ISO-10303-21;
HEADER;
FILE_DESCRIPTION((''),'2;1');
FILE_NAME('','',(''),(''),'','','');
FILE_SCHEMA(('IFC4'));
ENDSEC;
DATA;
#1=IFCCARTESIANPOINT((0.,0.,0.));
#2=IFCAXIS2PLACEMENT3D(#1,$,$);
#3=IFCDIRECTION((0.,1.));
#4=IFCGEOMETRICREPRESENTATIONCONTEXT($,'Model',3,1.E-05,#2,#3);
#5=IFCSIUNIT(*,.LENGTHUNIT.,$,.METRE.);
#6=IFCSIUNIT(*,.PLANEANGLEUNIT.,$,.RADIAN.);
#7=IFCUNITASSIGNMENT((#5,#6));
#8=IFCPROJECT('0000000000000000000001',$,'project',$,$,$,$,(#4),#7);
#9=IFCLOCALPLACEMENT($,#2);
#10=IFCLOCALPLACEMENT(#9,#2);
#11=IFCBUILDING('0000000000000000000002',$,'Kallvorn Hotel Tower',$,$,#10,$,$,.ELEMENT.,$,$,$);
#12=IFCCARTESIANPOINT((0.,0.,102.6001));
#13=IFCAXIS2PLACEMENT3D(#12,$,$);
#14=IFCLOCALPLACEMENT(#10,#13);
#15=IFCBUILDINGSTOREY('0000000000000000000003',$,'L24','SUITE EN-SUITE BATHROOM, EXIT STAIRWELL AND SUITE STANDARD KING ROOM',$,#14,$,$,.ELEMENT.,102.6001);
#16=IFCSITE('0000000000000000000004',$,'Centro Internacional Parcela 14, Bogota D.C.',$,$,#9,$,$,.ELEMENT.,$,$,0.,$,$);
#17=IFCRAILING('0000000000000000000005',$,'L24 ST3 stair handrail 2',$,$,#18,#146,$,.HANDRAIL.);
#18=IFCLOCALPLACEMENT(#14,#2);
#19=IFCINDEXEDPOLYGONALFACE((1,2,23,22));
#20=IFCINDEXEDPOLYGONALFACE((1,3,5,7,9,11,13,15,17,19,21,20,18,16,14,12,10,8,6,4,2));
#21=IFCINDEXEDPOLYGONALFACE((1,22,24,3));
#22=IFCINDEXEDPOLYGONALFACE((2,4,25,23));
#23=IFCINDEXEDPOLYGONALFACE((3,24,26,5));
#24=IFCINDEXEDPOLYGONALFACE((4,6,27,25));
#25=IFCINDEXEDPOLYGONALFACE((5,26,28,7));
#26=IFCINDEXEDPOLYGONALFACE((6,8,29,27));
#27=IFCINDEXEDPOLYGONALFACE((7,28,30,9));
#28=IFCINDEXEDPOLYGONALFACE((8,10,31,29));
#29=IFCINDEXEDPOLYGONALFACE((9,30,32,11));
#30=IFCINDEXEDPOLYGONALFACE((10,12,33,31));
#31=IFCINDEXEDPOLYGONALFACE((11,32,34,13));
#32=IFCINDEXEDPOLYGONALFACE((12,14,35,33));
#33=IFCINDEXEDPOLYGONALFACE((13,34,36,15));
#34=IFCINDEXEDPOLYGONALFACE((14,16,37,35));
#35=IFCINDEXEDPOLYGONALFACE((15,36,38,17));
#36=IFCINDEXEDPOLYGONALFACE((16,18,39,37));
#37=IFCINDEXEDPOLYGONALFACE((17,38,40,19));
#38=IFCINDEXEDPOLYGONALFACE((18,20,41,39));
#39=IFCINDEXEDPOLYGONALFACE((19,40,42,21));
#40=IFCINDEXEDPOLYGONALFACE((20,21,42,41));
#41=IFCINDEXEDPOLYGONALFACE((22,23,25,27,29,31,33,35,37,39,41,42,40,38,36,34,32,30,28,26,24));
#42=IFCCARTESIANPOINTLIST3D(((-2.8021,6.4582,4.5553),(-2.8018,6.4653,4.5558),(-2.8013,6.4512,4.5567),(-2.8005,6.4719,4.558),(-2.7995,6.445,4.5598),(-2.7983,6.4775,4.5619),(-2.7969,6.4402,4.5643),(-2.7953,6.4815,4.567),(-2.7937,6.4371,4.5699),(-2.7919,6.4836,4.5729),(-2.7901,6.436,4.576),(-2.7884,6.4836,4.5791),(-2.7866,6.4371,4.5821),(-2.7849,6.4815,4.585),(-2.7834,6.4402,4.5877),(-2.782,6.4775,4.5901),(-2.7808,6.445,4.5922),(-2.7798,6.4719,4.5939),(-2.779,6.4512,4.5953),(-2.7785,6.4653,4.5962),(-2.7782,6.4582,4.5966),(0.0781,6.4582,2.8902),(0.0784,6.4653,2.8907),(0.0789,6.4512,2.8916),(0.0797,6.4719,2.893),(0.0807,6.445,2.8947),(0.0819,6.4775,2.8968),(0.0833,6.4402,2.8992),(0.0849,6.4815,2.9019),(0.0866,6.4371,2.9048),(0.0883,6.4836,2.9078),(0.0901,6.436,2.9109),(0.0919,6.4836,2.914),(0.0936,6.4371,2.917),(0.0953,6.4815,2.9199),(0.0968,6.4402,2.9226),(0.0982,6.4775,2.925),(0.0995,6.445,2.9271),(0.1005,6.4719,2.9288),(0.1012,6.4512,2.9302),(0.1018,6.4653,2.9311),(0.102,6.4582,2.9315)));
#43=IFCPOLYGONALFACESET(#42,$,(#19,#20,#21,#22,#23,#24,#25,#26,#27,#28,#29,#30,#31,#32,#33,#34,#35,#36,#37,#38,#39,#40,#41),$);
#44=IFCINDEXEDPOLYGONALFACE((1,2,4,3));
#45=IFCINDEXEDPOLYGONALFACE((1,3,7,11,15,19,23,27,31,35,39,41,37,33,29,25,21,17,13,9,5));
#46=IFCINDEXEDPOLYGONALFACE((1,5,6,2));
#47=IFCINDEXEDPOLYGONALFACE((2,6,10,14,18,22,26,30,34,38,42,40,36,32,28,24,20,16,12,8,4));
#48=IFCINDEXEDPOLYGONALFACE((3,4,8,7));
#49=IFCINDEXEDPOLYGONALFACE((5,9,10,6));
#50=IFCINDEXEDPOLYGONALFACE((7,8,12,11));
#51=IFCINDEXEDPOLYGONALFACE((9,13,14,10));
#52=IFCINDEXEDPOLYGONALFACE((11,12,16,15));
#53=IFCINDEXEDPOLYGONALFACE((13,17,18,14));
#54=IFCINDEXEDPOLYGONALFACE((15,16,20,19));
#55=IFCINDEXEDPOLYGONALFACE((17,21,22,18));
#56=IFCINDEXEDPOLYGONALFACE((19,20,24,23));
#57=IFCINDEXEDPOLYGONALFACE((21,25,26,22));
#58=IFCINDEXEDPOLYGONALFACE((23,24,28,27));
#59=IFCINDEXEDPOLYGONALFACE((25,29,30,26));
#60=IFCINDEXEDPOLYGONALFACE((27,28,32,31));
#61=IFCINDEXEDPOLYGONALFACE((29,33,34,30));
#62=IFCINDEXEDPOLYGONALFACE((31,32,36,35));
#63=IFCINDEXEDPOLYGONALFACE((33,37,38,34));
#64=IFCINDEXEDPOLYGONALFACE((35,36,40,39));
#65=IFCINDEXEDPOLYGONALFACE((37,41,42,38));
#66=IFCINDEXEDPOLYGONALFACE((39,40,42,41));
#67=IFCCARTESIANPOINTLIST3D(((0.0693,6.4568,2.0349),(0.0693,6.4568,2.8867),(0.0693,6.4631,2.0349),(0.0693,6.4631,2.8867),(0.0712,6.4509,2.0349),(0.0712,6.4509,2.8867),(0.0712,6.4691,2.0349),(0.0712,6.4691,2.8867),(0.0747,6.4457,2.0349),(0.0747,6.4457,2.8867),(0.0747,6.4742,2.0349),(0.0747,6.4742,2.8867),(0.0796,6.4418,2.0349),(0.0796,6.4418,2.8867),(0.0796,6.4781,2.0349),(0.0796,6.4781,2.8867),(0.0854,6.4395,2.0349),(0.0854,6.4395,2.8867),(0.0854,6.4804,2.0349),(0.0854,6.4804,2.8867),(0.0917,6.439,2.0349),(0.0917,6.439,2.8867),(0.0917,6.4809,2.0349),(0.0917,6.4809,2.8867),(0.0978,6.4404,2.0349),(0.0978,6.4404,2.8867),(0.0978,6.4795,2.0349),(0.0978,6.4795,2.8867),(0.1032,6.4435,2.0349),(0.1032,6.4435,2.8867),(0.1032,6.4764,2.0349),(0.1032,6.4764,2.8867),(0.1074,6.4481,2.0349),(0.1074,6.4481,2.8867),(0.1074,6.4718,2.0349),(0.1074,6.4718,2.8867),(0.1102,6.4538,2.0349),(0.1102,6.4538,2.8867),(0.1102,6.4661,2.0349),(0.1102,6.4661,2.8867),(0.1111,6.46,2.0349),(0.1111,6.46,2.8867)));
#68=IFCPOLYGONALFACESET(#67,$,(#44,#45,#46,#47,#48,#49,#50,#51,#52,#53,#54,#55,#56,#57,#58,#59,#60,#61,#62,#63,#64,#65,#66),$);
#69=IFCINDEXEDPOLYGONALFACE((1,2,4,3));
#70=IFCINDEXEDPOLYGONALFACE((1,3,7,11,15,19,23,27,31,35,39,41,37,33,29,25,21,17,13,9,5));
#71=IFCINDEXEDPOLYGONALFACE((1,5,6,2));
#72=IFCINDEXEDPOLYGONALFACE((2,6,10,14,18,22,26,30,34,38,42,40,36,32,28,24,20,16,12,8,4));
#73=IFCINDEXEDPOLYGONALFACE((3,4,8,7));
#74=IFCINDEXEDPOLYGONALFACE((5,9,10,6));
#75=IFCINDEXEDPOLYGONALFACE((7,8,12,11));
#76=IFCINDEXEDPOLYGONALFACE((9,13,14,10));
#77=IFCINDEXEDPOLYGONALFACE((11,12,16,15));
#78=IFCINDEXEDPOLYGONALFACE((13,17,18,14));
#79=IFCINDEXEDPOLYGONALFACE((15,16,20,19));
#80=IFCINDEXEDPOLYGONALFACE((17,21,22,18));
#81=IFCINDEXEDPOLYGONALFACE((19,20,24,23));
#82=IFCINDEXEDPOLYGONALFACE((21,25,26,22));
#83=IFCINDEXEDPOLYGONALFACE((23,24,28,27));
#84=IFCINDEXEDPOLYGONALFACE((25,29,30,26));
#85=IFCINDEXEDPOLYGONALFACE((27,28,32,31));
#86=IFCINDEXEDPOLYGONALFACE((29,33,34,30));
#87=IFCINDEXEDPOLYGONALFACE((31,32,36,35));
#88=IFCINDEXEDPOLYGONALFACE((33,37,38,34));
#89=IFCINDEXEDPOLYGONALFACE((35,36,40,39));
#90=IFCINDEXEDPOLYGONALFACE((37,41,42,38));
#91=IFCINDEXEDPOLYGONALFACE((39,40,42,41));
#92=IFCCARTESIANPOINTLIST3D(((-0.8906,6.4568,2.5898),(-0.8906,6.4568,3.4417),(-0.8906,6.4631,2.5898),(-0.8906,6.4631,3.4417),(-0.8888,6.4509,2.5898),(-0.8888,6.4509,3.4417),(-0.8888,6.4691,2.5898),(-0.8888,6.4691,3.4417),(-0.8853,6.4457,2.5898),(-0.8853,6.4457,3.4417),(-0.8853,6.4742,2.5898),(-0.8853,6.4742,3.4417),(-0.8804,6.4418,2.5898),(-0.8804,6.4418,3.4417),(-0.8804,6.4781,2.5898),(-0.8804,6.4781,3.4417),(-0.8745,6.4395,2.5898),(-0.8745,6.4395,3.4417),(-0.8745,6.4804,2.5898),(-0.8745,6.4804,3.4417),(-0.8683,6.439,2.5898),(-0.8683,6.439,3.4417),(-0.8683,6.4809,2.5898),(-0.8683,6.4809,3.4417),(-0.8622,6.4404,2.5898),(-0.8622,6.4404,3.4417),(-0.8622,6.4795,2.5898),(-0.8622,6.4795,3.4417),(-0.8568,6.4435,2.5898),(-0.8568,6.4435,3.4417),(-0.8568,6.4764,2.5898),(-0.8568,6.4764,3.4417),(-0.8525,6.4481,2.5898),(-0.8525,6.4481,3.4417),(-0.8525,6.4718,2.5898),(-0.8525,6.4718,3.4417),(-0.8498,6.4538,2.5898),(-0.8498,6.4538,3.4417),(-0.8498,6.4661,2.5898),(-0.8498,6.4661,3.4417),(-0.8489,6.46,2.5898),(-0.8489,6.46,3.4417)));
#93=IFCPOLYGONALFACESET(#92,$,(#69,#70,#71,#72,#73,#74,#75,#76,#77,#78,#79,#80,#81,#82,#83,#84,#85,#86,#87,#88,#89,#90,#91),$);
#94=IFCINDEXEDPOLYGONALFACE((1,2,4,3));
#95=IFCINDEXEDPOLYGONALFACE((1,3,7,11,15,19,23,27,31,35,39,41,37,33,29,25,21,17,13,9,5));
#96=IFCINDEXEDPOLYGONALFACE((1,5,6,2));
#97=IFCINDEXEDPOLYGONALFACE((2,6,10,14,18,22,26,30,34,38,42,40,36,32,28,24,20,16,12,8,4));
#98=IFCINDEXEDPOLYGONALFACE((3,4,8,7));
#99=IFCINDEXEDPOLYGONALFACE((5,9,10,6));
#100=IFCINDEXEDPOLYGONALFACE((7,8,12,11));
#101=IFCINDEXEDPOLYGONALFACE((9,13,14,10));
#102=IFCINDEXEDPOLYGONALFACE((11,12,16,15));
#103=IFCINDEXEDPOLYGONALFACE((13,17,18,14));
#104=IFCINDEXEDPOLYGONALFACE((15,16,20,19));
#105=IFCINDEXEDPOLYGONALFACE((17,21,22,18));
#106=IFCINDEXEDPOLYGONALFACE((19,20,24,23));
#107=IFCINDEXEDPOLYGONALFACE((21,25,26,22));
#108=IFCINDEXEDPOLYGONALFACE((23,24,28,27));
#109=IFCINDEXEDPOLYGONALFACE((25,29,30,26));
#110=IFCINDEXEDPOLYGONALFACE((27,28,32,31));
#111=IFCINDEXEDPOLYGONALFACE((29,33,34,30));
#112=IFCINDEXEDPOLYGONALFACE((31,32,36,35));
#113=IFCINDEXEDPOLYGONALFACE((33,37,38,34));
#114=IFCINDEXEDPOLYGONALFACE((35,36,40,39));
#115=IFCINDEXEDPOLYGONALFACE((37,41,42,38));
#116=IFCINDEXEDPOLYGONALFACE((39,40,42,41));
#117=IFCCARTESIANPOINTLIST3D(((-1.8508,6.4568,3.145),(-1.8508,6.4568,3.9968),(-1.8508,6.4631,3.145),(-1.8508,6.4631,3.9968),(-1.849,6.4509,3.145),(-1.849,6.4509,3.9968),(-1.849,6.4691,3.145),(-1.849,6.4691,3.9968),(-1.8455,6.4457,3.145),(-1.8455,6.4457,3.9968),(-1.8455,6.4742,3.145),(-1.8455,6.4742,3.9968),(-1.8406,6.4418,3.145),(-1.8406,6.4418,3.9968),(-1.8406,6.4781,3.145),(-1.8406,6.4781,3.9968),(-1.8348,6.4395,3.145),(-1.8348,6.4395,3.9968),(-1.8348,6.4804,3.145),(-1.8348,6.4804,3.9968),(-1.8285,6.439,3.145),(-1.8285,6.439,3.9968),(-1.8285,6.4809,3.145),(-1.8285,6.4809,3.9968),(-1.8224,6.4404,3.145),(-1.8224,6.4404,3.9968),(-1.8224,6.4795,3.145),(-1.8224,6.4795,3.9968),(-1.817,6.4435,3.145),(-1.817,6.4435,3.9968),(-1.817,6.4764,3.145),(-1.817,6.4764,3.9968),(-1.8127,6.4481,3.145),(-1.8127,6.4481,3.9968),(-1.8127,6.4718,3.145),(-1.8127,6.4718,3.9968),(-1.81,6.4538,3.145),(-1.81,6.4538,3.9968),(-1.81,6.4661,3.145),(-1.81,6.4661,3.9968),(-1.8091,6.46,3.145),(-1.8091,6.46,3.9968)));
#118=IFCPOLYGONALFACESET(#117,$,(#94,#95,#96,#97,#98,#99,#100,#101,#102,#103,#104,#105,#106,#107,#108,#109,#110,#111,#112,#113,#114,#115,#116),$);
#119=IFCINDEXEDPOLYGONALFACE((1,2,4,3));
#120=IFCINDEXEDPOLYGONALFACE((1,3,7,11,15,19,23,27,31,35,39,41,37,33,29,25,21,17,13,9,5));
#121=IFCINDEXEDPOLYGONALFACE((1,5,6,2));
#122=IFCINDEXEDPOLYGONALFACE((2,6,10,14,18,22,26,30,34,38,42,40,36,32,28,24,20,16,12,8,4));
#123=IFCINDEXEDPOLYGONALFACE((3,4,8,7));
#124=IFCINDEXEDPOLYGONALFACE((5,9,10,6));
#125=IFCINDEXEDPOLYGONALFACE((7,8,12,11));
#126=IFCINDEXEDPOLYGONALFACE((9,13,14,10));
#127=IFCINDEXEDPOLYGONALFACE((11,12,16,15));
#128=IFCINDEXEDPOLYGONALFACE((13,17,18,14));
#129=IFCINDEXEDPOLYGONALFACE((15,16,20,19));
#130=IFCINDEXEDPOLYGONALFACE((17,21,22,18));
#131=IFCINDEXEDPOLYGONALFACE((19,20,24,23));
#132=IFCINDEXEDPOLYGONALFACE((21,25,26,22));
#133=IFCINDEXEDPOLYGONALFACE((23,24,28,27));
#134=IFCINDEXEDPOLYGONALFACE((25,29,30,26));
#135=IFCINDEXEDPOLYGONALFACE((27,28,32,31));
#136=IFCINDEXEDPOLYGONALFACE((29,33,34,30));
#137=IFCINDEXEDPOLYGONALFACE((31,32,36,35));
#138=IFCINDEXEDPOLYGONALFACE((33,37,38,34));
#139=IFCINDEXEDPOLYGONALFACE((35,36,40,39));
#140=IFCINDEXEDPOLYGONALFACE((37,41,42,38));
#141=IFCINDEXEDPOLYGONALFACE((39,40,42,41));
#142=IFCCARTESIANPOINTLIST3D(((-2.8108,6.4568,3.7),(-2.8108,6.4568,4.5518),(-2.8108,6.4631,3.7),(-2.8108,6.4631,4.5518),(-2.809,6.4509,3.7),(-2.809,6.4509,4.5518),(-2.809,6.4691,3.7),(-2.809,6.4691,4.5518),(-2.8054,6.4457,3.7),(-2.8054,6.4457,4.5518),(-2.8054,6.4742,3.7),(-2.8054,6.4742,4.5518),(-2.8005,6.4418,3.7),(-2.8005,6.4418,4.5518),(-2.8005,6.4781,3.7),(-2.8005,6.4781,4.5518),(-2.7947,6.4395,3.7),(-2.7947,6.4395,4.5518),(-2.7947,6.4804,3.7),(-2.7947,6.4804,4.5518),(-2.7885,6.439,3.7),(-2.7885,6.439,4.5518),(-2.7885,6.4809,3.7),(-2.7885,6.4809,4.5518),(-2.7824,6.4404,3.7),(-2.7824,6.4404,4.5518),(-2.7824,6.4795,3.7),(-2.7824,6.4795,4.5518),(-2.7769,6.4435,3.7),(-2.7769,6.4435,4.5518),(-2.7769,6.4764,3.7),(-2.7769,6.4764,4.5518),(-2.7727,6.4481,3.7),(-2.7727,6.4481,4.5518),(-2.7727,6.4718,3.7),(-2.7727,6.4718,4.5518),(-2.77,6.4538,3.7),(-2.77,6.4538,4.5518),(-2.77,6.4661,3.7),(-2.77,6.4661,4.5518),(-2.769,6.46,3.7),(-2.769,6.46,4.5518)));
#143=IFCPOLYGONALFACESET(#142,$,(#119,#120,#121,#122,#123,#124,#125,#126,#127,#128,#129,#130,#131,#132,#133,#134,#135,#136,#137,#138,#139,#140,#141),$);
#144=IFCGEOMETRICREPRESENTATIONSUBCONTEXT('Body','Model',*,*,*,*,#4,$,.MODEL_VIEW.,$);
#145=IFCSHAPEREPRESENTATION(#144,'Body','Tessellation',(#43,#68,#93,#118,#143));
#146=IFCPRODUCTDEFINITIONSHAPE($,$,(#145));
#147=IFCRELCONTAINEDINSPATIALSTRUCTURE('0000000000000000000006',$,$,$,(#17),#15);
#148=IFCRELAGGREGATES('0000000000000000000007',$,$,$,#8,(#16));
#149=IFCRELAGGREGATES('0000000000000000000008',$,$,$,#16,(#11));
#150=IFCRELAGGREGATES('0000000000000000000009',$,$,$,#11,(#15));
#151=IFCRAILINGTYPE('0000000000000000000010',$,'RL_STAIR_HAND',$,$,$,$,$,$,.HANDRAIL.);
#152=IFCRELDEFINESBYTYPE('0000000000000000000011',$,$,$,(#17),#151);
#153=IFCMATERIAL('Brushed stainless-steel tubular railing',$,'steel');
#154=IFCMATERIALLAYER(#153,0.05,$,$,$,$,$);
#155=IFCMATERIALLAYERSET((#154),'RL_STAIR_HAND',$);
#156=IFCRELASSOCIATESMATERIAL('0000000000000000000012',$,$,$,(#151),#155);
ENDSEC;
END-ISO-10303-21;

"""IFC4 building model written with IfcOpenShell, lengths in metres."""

from ifc_helpers import new_model, si_unit, direction, frame, origin, origin_2d, place, context, subcontext, project, spatial, circle, extrude, material, layer, layer_set, type_object, element, save


model = new_model("IFC4")

# Units and contexts
model_context = context("Model", 3, precision=1e-05, world=origin(), true_north=direction((0.0, 1.0)))
body_context = subcontext(model_context, "Body", "Model", "MODEL_VIEW")
ifc_project = project(units=[si_unit("LENGTHUNIT", "METRE"), si_unit("PLANEANGLEUNIT", "RADIAN")], contexts=[model_context])

# Site, building, storey
site_placement = place(None, origin())
site = spatial("IfcSite", under=ifc_project, at=site_placement, Name="Centro Internacional Parcela 14, Bogota D.C.", CompositionType="ELEMENT", RefElevation=0.0)
building_placement = place(site_placement, origin())
building = spatial("IfcBuilding", under=site, at=building_placement, Name="Kallvorn Hotel Tower", CompositionType="ELEMENT")
storey_placement = place(building_placement, frame((0.0, 0.0, 102.6001)))
storey = spatial("IfcBuildingStorey", under=building, at=storey_placement, Name="L24", Description="SUITE EN-SUITE BATHROOM, EXIT STAIRWELL AND SUITE STANDARD KING ROOM", CompositionType="ELEMENT", Elevation=102.6001)

# Railing
ifc_material_1 = material(Name="Brushed stainless-steel tubular railing", Category="steel")
ifc_layer_1 = layer(ifc_material_1, 0.05)
ifc_layer_set_1 = layer_set([ifc_layer_1], Name="RL_STAIR_HAND")
railing_type_1 = type_object("IfcRailingType", Name="RL_STAIR_HAND", PredefinedType="HANDRAIL", material=ifc_layer_set_1)
railing_1_placement = place(storey_placement, frame((0.0901, 6.46, 2.0349)))
element("IfcRailing", 1, at=railing_1_placement, inside=storey, type_object=railing_type_1, Name="L24 ST3 stair handrail 2", PredefinedType="HANDRAIL", context=body_context, shape_type="SweptSolid", body=[
    extrude(circle(Radius=0.0239, at=origin_2d()), frame((0.0, 0.0, 0.876), z_axis=(-0.865739, 0.0, 0.500495), x_axis=(0.0, -1.0, 0.0)), (0.0, 0.0, 1.0), 3.3269),
    extrude(circle(Radius=0.021, at=origin_2d()), origin(), (0.0, 0.0, 1.0), 0.8518),
    extrude(circle(Radius=0.021, at=origin_2d()), frame((-0.96, 0.0, 0.5549)), (0.0, 0.0, 1.0), 0.8518),
    extrude(circle(Radius=0.021, at=origin_2d()), frame((-1.9202, 0.0, 1.1101)), (0.0, 0.0, 1.0), 0.8518),
    extrude(circle(Radius=0.021, at=origin_2d()), frame((-2.8801, 0.0, 1.665)), (0.0, 0.0, 1.0), 0.8518),
])

save(model, "model.ifc")
